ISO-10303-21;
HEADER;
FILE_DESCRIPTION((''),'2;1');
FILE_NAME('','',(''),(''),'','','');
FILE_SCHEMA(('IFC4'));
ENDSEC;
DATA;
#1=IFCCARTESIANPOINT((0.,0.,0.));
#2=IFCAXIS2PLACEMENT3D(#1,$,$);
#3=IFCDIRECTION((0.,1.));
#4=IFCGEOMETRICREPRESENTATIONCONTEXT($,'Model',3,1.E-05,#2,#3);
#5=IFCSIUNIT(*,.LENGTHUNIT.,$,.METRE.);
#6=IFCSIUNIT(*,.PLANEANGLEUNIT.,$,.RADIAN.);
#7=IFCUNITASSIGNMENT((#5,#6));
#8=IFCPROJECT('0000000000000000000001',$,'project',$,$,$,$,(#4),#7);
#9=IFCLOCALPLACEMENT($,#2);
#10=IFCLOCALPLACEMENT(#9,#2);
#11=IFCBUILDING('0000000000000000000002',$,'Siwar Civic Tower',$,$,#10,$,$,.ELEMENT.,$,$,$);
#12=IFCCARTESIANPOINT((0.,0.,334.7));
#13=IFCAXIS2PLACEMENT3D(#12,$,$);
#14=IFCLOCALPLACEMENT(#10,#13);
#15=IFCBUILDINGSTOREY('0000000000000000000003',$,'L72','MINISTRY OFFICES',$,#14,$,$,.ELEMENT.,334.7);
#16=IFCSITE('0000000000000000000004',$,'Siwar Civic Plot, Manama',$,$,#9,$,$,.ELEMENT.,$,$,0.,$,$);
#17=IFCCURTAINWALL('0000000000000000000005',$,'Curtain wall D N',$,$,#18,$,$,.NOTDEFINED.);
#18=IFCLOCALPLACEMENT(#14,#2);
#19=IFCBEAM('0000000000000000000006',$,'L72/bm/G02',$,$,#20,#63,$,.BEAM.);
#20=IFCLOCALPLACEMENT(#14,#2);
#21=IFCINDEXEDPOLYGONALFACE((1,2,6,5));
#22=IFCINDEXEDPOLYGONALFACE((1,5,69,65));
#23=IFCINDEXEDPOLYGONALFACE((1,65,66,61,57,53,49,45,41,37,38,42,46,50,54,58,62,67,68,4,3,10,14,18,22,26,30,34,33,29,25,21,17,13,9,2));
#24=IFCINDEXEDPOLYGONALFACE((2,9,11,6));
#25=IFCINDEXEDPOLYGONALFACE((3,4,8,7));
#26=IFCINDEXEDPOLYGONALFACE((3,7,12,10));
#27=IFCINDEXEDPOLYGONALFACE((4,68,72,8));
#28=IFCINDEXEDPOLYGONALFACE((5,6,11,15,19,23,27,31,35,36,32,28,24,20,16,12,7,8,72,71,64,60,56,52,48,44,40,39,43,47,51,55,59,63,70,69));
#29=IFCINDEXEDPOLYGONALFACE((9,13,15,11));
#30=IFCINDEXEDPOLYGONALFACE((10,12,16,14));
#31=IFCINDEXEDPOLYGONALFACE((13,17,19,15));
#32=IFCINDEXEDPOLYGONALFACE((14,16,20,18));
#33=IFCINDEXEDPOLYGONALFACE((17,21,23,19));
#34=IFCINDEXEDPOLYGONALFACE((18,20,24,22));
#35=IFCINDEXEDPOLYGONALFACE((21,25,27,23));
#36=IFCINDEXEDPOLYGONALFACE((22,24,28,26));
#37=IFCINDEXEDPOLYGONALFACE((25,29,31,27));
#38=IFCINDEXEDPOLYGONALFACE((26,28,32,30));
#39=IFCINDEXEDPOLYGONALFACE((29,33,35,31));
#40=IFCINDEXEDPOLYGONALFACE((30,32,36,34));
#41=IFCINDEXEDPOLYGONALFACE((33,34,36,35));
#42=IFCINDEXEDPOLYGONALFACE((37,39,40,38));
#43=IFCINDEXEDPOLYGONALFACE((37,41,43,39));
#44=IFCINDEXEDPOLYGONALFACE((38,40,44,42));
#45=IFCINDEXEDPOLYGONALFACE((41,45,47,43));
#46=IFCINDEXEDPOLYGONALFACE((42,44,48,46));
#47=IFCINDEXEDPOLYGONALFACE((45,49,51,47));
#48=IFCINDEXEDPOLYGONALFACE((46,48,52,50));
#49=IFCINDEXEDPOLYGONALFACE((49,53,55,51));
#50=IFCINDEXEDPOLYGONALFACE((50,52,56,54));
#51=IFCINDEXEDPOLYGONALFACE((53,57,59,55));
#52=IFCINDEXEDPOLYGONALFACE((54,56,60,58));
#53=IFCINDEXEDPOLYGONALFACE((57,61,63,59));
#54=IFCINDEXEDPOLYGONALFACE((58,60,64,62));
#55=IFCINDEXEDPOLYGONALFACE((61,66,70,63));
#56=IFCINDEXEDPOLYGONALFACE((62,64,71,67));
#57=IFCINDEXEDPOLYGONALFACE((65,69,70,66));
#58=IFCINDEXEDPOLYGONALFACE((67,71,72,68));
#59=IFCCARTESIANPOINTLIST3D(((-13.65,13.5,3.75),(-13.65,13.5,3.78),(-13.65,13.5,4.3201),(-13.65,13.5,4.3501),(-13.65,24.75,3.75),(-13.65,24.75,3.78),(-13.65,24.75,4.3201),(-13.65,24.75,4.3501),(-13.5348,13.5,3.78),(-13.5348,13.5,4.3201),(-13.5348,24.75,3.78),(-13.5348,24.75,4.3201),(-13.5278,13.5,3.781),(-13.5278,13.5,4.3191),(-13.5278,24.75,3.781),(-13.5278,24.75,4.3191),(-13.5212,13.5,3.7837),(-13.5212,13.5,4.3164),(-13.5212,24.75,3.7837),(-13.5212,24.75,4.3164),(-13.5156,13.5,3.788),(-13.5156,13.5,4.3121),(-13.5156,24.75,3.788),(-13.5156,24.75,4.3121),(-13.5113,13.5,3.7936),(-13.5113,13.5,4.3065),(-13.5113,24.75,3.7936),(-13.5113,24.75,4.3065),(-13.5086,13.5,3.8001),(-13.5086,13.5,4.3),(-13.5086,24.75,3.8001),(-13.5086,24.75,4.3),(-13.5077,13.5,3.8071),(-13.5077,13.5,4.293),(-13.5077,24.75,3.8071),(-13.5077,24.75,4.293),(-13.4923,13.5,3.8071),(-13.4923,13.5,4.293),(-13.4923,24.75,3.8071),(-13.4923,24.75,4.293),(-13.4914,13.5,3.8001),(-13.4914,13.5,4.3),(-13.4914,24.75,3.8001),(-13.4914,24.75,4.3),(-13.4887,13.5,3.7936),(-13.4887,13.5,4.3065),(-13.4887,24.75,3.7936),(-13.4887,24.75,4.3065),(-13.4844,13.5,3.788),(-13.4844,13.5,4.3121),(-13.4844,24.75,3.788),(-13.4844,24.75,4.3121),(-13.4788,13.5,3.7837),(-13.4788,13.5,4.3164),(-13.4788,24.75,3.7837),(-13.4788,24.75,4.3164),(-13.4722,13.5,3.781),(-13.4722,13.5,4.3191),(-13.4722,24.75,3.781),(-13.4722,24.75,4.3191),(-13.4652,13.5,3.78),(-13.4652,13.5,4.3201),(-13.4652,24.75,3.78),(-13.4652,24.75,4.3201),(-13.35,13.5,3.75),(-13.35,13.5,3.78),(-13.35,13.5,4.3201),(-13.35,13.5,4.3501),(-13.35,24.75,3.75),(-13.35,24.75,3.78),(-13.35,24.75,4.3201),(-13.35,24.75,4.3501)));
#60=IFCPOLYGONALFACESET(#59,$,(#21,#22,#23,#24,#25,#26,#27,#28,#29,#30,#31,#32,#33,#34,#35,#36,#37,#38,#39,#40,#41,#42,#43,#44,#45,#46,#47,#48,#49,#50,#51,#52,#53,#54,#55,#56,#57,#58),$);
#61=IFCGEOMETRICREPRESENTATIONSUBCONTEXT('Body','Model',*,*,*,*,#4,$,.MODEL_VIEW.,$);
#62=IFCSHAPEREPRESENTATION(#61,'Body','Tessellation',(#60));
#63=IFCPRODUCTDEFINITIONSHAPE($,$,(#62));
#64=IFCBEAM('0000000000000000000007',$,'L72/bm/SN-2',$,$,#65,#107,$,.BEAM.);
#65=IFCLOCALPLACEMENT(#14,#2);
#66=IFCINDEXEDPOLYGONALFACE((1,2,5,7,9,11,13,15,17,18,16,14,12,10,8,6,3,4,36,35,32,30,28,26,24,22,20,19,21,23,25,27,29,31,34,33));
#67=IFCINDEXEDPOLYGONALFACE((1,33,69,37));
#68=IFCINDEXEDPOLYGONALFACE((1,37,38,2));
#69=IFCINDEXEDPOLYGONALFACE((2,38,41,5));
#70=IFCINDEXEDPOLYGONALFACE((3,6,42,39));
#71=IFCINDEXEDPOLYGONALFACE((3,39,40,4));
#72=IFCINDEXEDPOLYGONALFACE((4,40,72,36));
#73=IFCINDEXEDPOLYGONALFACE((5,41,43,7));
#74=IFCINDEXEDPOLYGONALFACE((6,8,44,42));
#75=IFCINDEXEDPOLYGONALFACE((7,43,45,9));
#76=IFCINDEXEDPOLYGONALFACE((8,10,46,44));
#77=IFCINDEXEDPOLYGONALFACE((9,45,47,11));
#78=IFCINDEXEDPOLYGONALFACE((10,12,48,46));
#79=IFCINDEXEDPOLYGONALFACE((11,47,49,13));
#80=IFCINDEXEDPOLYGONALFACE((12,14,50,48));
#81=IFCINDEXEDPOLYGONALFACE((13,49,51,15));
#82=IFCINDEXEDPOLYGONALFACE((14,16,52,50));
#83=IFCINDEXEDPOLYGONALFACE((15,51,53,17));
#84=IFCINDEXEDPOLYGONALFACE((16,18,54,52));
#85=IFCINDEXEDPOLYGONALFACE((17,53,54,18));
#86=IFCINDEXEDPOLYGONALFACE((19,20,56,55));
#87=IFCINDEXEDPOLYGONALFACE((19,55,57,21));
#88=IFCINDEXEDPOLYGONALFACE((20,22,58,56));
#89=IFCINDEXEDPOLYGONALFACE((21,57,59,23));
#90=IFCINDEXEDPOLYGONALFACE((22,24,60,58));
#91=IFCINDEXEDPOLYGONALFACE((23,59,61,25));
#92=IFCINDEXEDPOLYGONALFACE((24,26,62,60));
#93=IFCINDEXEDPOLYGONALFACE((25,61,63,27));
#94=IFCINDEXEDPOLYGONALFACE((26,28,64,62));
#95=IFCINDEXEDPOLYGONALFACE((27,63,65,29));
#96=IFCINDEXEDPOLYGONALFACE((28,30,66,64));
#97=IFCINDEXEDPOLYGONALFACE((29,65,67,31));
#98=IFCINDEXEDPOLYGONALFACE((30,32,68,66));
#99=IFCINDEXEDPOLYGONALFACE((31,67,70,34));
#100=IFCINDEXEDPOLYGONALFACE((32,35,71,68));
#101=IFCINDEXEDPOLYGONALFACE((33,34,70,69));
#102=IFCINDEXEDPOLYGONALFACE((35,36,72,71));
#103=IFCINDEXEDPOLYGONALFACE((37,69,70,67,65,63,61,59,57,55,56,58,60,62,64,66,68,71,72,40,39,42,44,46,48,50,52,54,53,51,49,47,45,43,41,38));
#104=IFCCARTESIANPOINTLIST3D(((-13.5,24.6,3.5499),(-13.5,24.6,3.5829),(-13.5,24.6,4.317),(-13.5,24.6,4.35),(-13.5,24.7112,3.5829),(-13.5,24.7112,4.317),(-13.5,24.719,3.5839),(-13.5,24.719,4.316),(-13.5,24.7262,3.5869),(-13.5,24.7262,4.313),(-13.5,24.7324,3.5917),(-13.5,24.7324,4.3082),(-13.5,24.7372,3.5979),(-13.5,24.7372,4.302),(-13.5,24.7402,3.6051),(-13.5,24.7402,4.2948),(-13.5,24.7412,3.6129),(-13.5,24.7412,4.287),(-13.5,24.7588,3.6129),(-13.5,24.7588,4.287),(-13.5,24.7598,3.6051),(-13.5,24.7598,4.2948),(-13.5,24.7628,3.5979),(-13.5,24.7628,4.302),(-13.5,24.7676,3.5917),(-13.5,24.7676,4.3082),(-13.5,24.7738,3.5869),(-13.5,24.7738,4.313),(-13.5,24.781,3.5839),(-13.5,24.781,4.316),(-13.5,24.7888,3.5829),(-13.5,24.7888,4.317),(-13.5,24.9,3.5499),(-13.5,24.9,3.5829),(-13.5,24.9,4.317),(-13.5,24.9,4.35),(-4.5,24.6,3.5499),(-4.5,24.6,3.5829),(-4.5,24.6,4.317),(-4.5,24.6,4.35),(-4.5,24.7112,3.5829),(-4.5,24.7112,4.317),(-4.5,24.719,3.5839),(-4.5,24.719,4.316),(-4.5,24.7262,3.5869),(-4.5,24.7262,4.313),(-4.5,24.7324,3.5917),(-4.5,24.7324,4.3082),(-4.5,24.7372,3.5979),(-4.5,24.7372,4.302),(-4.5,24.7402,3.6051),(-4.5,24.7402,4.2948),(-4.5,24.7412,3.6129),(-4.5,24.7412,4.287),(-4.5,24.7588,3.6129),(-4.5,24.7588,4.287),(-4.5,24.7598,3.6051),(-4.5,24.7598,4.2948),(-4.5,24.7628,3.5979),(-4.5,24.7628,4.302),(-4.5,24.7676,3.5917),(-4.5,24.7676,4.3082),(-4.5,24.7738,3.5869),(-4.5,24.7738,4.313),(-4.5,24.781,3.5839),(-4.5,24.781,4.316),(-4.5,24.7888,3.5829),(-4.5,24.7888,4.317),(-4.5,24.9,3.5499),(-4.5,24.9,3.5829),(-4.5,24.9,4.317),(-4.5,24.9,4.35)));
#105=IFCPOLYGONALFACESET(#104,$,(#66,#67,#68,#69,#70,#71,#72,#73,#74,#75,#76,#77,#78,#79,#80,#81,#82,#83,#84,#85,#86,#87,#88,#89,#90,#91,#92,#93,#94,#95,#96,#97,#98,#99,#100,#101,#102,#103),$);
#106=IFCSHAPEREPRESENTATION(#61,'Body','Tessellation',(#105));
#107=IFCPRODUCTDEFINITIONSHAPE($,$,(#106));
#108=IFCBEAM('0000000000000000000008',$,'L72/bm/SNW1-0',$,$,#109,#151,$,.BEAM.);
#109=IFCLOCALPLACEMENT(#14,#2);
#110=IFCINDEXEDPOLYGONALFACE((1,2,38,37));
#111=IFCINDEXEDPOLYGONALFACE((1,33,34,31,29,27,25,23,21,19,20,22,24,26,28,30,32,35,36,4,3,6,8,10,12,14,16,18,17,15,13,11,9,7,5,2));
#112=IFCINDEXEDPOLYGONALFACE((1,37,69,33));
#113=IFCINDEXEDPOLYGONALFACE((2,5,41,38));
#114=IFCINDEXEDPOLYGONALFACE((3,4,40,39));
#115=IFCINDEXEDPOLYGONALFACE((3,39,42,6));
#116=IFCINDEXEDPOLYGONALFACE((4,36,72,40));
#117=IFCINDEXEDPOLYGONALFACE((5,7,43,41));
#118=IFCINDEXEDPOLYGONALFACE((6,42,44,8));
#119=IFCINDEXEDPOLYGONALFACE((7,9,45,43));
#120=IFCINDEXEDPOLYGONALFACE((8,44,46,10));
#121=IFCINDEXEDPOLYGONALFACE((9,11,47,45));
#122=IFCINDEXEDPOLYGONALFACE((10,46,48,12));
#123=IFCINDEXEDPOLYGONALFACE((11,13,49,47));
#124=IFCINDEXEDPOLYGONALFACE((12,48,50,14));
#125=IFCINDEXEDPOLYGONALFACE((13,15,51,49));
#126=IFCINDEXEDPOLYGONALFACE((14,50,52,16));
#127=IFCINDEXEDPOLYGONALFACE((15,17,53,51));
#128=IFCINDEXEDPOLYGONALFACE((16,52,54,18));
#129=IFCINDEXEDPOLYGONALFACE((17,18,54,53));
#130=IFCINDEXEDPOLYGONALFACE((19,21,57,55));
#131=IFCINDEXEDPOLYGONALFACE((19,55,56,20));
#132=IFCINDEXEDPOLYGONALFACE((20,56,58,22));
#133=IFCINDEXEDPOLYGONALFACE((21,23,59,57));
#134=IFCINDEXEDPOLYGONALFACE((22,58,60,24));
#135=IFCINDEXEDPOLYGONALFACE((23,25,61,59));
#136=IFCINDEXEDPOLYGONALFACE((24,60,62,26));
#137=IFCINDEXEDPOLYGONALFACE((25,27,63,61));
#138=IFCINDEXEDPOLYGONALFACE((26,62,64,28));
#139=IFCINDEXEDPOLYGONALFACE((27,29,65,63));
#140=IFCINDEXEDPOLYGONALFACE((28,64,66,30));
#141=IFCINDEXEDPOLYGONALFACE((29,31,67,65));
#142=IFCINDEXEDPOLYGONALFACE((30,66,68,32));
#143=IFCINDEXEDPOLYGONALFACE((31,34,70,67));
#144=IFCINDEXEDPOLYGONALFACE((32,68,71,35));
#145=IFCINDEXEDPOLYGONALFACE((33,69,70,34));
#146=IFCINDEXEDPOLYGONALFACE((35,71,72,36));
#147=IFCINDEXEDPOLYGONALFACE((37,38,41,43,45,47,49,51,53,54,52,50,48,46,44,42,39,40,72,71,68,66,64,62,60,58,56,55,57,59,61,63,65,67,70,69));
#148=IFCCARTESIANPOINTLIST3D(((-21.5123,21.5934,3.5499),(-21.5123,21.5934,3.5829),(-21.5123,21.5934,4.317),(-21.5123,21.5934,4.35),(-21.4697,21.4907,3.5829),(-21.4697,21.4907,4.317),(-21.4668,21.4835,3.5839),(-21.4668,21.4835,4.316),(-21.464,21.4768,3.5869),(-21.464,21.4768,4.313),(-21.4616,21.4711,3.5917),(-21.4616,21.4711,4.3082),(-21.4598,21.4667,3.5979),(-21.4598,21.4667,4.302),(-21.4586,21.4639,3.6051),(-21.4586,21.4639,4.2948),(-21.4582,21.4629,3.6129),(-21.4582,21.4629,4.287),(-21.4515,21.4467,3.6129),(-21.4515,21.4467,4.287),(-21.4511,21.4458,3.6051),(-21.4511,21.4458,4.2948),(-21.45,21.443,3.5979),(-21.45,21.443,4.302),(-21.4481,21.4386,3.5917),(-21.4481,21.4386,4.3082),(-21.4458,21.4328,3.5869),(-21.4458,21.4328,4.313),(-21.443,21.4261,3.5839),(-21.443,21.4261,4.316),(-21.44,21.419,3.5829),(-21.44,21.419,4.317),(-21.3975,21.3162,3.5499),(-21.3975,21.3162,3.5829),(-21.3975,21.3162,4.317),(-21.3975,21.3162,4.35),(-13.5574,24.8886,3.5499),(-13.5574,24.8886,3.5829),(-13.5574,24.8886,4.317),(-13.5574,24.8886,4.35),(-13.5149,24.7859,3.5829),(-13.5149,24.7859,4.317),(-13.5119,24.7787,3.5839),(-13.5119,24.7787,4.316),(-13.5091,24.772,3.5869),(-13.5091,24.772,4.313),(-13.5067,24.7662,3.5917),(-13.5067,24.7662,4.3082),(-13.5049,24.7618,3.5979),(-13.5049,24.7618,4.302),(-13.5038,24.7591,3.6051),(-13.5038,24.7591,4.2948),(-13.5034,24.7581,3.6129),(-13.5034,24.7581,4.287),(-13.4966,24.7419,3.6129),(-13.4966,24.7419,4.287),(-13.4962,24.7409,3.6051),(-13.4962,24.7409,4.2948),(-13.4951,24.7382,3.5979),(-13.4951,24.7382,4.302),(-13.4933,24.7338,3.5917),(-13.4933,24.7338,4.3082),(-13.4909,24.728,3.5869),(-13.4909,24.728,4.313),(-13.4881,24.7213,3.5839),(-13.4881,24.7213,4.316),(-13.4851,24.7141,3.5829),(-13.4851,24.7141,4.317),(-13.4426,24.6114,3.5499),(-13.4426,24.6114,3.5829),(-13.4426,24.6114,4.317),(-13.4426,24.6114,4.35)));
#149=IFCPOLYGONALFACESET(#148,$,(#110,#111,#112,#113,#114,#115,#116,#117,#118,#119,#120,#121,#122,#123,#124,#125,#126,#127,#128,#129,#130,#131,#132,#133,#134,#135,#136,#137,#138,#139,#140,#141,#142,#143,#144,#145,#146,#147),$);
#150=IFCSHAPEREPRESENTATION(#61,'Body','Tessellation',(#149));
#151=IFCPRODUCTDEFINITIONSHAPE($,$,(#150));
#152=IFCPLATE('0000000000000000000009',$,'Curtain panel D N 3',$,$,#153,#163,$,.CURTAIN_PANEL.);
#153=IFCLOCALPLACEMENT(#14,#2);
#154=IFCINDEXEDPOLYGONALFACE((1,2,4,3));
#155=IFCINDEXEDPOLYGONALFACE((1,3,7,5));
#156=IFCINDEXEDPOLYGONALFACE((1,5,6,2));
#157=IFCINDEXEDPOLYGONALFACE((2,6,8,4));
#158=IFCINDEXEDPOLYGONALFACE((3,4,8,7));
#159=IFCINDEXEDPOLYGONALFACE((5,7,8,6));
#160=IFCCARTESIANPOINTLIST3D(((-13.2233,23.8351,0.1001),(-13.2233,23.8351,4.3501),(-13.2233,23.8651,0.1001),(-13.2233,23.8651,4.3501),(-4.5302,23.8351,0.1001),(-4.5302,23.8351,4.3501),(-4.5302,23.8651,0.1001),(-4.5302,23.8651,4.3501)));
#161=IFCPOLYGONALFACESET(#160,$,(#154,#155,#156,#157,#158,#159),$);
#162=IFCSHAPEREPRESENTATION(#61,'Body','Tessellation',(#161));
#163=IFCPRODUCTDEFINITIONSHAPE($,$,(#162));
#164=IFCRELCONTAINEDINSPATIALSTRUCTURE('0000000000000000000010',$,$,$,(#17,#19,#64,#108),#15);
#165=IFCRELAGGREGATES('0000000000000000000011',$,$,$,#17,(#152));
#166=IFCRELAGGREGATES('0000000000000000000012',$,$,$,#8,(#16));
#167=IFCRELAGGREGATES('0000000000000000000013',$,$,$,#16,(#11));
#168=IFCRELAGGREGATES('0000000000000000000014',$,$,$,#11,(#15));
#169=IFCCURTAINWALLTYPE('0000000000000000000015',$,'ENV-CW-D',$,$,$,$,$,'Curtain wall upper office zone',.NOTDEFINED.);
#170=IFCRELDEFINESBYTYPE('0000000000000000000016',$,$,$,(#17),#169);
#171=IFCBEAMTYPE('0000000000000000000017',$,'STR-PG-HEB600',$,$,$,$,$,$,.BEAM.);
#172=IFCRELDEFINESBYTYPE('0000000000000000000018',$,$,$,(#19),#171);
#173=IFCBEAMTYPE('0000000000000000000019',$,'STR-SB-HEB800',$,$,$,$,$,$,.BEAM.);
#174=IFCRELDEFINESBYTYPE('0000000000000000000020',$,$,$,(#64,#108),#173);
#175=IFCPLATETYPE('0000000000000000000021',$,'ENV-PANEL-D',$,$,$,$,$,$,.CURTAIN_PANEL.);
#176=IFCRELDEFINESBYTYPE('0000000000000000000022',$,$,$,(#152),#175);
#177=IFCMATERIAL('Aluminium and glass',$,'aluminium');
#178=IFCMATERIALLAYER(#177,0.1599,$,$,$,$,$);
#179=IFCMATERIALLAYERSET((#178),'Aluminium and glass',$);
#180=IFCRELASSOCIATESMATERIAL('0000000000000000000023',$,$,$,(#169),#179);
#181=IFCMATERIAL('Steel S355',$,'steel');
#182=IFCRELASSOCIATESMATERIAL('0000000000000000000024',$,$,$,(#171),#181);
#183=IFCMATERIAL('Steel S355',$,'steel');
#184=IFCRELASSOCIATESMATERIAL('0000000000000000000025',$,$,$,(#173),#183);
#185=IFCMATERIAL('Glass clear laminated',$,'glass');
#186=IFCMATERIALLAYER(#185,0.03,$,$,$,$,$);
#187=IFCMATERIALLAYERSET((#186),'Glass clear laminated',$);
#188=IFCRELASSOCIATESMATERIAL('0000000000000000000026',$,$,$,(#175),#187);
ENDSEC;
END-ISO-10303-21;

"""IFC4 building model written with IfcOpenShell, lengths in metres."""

from ifc_helpers import new_model, si_unit, direction, frame, origin, origin_2d, place, context, subcontext, project, spatial, rectangle, i_section, extrude, material, layer, layer_set, material_profile, profile_set, type_object, element, aggregate, save


model = new_model("IFC4")

# Units and contexts
model_context = context("Model", 3, precision=1e-05, world=origin(), true_north=direction((0.0, 1.0)))
body_context = subcontext(model_context, "Body", "Model", "MODEL_VIEW")
ifc_project = project(units=[si_unit("LENGTHUNIT", "METRE"), si_unit("PLANEANGLEUNIT", "RADIAN")], contexts=[model_context])

# Site, building, storey
site_placement = place(None, origin())
site = spatial("IfcSite", under=ifc_project, at=site_placement, Name="Siwar Civic Plot, Manama", CompositionType="ELEMENT", RefElevation=0.0)
building_placement = place(site_placement, origin())
building = spatial("IfcBuilding", under=site, at=building_placement, Name="Siwar Civic Tower", CompositionType="ELEMENT")
storey_placement = place(building_placement, frame((0.0, 0.0, 334.7)))
storey = spatial("IfcBuildingStorey", under=building, at=storey_placement, Name="L72", Description="MINISTRY OFFICES", CompositionType="ELEMENT", Elevation=334.7)

# Curtain wall
ifc_material_1 = material(Name="Aluminium and glass", Category="aluminium")
ifc_layer_1 = layer(ifc_material_1, 0.1599)
ifc_layer_set_1 = layer_set([ifc_layer_1], Name="Aluminium and glass")
curtain_wall_type_1 = type_object("IfcCurtainWallType", Name="ENV-CW-D", ElementType="Curtain wall upper office zone", PredefinedType="NOTDEFINED", material=ifc_layer_set_1)
curtain_wall_1_placement = place(storey_placement, origin())
curtain_wall_1 = element("IfcCurtainWall", 1, at=curtain_wall_1_placement, inside=storey, type_object=curtain_wall_type_1, Name="Curtain wall D N", PredefinedType="NOTDEFINED")

# Beams
ifc_material_2 = material(Name="Steel S355", Category="steel")
ifc_material_profile_1 = material_profile(ifc_material_2, i_section(OverallWidth=0.3, OverallDepth=0.6001, WebThickness=0.0154, FlangeThickness=0.03, FilletRadius=0.0271, at=origin_2d()), Name="HEB600")
ifc_profile_set_1 = profile_set([ifc_material_profile_1], Name="Steel S355")
beam_type_1 = type_object("IfcBeamType", Name="STR-PG-HEB600", PredefinedType="BEAM", material=ifc_profile_set_1)
beam_1_placement = place(storey_placement, frame((-13.5, 13.5, 4.05), z_axis=(0.0, 1.0, 0.0), x_axis=(-1.0, 0.0, 0.0)))
element("IfcBeam", 2, at=beam_1_placement, inside=storey, type_object=beam_type_1, Name="L72/bm/G02", PredefinedType="BEAM", context=body_context, shape_type="SweptSolid", body=[
    extrude(i_section(OverallWidth=0.3, OverallDepth=0.6001, WebThickness=0.0154, FlangeThickness=0.03, FilletRadius=0.0271, at=origin_2d()), origin(), (0.0, 0.0, 1.0), 11.25),
])
ifc_material_3 = material(Name="Steel S355", Category="steel")
ifc_material_profile_2 = material_profile(ifc_material_3, i_section(OverallWidth=0.3, OverallDepth=0.8, WebThickness=0.0176, FlangeThickness=0.033, FilletRadius=0.03, at=origin_2d()), Name="HEB800")
ifc_profile_set_2 = profile_set([ifc_material_profile_2], Name="Steel S355")
beam_type_2 = type_object("IfcBeamType", Name="STR-SB-HEB800", PredefinedType="BEAM", material=ifc_profile_set_2)
beam_2_placement = place(storey_placement, frame((-4.5, 24.75, 3.95), z_axis=(-1.0, 0.0, 0.0), x_axis=(0.0, -1.0, 0.0)))
element("IfcBeam", 3, at=beam_2_placement, inside=storey, type_object=beam_type_2, Name="L72/bm/SN-2", PredefinedType="BEAM", context=body_context, shape_type="SweptSolid", body=[
    extrude(i_section(OverallWidth=0.3, OverallDepth=0.8, WebThickness=0.0176, FlangeThickness=0.033, FilletRadius=0.03, at=origin_2d()), origin(), (0.0, 0.0, 1.0), 9.0),
])
beam_3_placement = place(storey_placement, frame((-13.5, 24.75, 3.95), z_axis=(-0.923873, -0.3827, 0.0), x_axis=(0.3827, -0.923873, 0.0)))
element("IfcBeam", 4, at=beam_3_placement, inside=storey, type_object=beam_type_2, Name="L72/bm/SNW1-0", PredefinedType="BEAM", context=body_context, shape_type="SweptSolid", body=[
    extrude(i_section(OverallWidth=0.3, OverallDepth=0.8, WebThickness=0.0176, FlangeThickness=0.033, FilletRadius=0.03, at=origin_2d()), origin(), (0.0, 0.0, 1.0), 8.6104),
])

# Plate
ifc_material_4 = material(Name="Glass clear laminated", Category="glass")
ifc_layer_2 = layer(ifc_material_4, 0.03)
ifc_layer_set_2 = layer_set([ifc_layer_2], Name="Glass clear laminated")
plate_type = type_object("IfcPlateType", Name="ENV-PANEL-D", PredefinedType="CURTAIN_PANEL", material=ifc_layer_set_2)
plate_placement = place(storey_placement, frame((-8.8767, 23.8501, 0.1001), z_axis=(0.0, 0.0, 1.0), x_axis=(-1.0, 0.0, 0.0)))
plate = element("IfcPlate", 5, at=plate_placement, type_object=plate_type, Name="Curtain panel D N 3", PredefinedType="CURTAIN_PANEL", context=body_context, shape_type="SweptSolid", body=[
    extrude(rectangle(XDim=8.6931, YDim=0.03, at=origin_2d()), origin(), (0.0, 0.0, 1.0), 4.25),
])
aggregate(curtain_wall_1, [plate])

save(model, "model.ifc")
